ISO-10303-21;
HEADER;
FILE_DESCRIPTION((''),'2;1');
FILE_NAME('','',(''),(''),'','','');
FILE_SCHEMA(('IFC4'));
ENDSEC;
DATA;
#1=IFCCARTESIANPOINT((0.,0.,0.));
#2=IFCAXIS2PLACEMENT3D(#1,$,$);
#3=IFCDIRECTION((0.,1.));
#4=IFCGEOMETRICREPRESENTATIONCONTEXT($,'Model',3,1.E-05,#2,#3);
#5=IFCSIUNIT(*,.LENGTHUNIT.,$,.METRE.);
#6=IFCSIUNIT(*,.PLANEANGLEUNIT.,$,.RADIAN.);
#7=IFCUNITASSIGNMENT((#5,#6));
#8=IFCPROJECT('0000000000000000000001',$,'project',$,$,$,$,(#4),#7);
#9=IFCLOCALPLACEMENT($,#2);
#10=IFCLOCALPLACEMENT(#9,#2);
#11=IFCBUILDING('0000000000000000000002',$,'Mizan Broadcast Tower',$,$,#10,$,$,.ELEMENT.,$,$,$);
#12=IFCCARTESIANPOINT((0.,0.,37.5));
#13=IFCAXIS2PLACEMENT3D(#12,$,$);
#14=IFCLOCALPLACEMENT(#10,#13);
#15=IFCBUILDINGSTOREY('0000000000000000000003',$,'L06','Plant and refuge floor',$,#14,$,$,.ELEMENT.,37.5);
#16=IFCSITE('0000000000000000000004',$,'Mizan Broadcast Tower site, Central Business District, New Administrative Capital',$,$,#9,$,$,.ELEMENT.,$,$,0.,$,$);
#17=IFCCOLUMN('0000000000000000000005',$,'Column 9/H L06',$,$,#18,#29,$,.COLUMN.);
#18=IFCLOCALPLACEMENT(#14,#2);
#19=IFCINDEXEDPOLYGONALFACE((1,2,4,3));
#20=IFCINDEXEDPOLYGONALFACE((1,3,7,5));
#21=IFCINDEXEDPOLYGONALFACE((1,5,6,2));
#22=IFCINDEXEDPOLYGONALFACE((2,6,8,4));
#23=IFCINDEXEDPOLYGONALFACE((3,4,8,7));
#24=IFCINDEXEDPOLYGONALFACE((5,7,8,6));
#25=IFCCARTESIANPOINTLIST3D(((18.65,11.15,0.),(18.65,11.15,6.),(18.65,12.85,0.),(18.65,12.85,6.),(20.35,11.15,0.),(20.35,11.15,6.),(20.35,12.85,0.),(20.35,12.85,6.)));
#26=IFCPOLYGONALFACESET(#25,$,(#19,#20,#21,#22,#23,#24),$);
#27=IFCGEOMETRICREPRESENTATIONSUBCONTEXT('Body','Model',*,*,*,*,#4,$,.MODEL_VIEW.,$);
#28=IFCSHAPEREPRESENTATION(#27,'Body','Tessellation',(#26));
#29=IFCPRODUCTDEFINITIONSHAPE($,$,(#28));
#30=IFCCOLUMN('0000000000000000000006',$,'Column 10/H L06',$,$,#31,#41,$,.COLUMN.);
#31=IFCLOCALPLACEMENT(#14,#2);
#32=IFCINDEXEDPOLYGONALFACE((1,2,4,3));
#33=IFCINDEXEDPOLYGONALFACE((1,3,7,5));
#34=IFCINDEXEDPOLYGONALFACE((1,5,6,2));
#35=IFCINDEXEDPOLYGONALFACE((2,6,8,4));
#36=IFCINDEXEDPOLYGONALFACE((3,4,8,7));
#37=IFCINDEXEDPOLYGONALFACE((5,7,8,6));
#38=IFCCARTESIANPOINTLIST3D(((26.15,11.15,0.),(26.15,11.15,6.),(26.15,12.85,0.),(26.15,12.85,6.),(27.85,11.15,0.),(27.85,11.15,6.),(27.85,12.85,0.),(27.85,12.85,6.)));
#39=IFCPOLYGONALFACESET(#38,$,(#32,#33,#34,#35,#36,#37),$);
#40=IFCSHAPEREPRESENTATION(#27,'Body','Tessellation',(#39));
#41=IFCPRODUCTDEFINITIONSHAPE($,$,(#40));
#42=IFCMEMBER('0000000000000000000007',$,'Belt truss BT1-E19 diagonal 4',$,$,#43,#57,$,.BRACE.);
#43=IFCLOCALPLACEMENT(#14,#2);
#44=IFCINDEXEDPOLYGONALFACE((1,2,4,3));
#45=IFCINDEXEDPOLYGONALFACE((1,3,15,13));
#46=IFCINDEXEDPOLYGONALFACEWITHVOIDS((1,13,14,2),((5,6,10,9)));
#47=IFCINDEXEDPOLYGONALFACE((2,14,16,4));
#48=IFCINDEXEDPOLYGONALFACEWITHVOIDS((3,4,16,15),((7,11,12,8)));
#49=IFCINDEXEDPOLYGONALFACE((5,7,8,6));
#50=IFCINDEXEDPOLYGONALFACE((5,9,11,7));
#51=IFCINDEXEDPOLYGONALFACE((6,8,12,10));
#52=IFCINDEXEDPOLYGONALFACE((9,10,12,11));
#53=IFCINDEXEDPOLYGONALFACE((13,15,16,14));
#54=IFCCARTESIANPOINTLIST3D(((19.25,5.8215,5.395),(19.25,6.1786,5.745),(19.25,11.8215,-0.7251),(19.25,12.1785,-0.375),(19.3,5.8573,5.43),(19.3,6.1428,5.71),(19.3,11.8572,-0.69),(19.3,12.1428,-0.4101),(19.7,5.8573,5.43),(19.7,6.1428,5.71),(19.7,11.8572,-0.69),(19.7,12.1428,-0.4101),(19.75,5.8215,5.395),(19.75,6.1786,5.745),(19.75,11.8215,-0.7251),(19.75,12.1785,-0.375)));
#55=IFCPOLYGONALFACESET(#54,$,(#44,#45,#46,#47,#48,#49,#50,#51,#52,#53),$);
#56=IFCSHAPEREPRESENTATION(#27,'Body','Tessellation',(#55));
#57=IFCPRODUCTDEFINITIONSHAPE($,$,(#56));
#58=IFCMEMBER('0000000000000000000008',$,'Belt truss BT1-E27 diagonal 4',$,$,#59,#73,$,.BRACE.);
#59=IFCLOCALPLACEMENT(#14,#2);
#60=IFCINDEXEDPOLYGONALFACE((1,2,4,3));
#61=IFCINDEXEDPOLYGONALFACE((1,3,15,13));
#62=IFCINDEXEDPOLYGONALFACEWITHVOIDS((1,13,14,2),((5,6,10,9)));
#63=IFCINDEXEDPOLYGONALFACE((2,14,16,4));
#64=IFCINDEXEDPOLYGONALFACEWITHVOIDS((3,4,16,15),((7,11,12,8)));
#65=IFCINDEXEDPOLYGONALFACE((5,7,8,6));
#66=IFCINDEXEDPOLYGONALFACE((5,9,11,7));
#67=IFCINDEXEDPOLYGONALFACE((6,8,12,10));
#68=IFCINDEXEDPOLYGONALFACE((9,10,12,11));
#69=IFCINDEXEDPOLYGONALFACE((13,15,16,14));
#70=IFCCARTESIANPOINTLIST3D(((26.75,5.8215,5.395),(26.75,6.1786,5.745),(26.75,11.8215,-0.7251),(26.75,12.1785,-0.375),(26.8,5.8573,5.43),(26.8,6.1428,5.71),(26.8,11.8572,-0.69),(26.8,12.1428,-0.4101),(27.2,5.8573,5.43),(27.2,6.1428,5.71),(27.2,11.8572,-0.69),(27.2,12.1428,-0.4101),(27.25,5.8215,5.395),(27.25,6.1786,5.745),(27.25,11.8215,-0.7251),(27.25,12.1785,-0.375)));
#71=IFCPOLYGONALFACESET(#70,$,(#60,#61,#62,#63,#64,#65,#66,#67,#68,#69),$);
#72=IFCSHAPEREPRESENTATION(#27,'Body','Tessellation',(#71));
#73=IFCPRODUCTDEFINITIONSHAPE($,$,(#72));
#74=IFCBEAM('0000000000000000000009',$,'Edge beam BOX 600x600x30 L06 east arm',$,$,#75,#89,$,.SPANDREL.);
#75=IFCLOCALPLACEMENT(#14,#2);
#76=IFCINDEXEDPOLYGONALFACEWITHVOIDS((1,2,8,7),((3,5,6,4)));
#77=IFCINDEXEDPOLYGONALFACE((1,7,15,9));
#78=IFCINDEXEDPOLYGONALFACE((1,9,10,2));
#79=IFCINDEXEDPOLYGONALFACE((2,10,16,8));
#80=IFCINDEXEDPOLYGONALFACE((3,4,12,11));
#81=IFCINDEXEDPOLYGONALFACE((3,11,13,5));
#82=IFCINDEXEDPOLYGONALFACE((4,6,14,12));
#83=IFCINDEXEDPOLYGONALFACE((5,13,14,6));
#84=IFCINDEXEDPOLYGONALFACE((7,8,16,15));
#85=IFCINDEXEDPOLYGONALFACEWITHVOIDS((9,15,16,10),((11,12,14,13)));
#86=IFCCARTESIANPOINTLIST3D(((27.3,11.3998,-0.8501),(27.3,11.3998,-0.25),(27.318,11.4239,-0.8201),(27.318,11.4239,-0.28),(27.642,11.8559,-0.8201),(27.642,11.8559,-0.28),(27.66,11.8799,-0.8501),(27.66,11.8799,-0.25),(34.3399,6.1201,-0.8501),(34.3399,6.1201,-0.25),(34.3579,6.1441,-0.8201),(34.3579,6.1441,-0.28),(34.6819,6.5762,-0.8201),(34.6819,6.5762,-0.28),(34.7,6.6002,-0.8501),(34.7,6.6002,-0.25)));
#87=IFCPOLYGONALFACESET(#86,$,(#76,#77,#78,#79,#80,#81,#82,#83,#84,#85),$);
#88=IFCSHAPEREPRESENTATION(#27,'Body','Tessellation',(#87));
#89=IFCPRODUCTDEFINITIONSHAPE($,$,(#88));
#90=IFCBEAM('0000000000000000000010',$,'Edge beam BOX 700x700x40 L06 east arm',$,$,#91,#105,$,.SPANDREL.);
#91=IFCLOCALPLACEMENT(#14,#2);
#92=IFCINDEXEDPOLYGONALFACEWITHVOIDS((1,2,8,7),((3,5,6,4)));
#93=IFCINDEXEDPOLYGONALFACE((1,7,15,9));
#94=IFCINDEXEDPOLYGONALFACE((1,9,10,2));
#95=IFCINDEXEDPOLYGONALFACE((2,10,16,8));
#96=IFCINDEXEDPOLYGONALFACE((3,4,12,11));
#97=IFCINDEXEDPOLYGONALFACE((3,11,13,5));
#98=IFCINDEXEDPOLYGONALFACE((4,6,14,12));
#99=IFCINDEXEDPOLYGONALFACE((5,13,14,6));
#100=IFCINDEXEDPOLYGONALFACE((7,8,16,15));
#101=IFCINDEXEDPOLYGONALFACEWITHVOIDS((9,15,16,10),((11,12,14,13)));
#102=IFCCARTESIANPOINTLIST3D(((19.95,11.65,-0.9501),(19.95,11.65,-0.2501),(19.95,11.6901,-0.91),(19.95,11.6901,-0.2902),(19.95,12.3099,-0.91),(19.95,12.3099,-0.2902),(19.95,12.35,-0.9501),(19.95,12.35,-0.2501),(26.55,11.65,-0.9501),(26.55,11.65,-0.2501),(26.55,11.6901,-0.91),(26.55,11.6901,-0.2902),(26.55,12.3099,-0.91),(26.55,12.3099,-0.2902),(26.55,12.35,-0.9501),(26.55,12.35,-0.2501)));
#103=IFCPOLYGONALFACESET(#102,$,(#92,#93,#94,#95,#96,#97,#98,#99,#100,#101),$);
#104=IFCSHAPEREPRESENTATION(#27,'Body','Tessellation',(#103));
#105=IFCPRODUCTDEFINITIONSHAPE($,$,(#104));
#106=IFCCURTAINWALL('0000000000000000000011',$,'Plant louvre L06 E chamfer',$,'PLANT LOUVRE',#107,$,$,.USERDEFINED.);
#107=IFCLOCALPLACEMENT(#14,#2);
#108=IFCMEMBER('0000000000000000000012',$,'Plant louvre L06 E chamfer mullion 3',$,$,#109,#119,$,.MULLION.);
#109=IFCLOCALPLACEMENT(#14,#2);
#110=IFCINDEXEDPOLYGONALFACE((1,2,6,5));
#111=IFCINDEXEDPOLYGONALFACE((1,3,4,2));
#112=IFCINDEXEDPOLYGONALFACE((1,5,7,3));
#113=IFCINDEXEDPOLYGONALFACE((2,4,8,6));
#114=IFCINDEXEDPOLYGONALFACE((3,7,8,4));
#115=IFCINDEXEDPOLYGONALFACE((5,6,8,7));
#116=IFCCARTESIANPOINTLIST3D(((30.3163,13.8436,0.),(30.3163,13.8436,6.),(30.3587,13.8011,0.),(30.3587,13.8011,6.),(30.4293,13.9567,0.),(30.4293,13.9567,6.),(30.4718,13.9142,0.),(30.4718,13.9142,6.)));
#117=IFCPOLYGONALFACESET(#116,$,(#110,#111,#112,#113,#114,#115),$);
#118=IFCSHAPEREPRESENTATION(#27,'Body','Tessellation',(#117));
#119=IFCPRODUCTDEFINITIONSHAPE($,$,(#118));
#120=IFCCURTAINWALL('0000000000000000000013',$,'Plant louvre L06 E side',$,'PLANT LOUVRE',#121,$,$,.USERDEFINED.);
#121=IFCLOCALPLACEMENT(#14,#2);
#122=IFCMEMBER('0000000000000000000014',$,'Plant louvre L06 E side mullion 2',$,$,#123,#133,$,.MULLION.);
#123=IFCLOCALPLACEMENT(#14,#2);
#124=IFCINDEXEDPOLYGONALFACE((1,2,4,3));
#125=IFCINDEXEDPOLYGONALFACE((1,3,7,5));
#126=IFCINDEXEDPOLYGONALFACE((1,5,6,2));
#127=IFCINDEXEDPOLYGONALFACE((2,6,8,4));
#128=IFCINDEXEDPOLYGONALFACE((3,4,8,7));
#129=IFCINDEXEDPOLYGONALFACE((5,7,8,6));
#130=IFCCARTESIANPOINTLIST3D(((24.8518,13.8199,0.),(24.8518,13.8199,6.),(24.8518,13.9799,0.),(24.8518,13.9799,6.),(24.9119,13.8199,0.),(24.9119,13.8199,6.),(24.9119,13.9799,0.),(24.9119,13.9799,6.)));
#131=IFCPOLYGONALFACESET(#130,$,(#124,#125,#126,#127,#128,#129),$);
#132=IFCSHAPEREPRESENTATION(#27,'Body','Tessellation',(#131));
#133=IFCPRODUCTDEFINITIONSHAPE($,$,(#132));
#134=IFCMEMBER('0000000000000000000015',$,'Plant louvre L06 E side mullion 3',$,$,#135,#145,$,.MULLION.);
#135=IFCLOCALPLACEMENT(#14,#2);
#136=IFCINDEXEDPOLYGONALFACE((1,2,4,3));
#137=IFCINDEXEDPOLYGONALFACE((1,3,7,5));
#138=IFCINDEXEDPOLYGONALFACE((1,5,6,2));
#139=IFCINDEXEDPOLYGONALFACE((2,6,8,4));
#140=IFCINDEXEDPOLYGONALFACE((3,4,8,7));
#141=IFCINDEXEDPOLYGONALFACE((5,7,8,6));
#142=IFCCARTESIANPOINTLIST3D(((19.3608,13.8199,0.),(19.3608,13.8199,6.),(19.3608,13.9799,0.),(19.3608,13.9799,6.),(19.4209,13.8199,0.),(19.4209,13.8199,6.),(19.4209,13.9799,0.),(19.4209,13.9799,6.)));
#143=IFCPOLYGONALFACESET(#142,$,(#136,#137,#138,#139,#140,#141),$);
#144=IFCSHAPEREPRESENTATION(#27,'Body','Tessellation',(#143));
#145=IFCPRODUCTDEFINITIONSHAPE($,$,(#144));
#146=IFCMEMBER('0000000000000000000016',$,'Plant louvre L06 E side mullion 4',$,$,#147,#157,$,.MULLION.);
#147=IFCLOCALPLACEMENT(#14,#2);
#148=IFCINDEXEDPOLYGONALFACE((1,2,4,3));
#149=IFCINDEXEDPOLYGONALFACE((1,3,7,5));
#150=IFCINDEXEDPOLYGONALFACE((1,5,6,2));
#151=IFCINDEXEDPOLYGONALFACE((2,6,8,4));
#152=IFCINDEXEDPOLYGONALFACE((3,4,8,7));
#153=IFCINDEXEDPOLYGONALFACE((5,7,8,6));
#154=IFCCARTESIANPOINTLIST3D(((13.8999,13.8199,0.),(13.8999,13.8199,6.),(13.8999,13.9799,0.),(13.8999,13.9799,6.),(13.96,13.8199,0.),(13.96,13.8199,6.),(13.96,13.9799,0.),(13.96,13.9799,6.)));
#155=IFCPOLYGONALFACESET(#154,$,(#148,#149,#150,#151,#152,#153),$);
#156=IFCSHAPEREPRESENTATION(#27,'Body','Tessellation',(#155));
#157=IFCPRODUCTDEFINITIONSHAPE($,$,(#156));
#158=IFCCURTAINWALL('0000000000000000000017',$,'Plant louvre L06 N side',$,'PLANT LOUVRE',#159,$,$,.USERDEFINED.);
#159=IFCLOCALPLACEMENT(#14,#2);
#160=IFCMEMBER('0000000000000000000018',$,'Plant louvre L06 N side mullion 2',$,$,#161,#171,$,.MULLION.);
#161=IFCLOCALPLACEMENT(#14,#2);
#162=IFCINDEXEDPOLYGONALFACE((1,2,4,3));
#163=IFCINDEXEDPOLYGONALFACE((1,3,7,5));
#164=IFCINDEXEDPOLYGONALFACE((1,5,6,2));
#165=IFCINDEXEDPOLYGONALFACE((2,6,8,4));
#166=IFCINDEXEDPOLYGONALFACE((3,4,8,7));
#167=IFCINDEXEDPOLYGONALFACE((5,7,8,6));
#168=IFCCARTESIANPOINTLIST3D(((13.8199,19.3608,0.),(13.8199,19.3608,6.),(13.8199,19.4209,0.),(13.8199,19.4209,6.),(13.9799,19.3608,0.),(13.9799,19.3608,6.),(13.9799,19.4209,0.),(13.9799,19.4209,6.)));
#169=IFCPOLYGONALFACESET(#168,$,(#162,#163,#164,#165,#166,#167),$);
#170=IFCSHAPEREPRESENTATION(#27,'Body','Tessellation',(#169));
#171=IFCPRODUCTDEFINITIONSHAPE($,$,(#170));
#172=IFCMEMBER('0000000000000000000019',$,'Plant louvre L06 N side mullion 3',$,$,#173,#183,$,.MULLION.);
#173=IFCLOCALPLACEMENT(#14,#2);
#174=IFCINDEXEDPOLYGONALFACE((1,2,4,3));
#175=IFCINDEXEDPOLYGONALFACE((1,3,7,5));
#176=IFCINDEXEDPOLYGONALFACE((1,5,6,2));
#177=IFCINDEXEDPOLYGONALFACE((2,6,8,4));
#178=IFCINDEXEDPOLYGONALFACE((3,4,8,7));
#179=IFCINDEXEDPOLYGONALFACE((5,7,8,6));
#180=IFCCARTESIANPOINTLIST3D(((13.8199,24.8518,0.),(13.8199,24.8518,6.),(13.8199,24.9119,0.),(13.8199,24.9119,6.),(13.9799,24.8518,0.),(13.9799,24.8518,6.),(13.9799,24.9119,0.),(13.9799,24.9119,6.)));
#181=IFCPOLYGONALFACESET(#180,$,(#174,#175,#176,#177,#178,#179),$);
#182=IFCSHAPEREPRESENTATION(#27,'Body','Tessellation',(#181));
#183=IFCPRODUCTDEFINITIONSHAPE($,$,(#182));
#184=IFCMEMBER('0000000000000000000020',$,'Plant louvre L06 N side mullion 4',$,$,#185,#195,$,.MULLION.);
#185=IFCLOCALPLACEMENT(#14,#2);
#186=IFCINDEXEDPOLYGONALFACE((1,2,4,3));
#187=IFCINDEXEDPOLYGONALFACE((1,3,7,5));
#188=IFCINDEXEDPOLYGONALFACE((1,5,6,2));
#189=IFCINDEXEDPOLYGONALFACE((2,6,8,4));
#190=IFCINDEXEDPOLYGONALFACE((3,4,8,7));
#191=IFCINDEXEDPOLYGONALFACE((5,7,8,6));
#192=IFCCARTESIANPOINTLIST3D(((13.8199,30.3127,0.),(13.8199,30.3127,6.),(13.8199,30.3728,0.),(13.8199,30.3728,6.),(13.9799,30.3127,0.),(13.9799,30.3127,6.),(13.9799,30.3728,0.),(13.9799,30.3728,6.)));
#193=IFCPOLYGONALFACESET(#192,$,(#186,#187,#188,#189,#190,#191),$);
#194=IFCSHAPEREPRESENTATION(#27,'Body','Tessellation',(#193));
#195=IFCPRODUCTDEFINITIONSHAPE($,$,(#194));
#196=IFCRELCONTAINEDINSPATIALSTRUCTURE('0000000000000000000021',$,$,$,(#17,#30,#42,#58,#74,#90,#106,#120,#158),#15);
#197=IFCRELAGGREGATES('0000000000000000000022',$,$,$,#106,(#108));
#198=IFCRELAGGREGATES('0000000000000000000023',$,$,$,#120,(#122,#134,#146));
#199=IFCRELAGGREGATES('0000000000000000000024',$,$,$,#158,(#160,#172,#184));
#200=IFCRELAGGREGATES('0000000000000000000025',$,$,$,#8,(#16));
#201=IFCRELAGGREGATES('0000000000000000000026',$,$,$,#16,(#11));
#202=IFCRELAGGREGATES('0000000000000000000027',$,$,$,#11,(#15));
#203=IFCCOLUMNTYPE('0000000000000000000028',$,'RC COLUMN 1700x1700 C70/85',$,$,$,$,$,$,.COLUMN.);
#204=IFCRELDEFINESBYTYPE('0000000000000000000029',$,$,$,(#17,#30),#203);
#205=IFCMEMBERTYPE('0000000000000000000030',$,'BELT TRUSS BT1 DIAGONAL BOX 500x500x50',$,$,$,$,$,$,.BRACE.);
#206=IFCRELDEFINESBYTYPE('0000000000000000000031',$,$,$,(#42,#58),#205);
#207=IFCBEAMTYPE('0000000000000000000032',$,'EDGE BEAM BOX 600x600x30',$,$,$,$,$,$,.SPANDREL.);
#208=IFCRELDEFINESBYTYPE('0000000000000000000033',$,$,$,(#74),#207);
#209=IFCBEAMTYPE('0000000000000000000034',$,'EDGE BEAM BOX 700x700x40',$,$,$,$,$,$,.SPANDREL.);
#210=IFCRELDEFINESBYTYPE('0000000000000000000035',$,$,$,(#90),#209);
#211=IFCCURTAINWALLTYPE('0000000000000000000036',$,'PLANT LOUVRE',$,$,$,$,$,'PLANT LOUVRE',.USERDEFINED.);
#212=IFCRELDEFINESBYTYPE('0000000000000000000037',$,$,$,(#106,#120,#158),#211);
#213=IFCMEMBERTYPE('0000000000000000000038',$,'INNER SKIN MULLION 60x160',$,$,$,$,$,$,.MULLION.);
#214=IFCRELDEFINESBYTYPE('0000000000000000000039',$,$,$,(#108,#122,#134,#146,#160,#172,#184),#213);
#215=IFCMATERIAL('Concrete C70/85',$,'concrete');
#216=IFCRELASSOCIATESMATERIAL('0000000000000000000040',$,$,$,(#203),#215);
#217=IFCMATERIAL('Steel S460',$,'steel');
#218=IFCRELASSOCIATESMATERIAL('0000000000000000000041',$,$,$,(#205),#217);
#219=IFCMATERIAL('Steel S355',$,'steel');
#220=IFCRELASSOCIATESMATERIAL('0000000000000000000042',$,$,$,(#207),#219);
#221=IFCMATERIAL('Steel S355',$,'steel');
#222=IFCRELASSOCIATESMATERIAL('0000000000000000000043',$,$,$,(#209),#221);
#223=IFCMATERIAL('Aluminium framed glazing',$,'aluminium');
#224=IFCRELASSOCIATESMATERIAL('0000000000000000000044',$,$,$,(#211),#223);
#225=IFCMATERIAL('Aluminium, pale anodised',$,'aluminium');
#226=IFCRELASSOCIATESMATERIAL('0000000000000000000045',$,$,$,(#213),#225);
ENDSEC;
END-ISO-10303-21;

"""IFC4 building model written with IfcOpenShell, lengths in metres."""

from ifc_helpers import new_model, si_unit, direction, frame, origin, origin_2d, place, context, subcontext, project, spatial, rectangle, hollow_rectangle, extrude, material, material_profile, profile_set, type_object, element, aggregate, save


model = new_model("IFC4")

# Units and contexts
model_context = context("Model", 3, precision=1e-05, world=origin(), true_north=direction((0.0, 1.0)))
body_context = subcontext(model_context, "Body", "Model", "MODEL_VIEW")
ifc_project = project(units=[si_unit("LENGTHUNIT", "METRE"), si_unit("PLANEANGLEUNIT", "RADIAN")], contexts=[model_context])

# Site, building, storey
site_placement = place(None, origin())
site = spatial("IfcSite", under=ifc_project, at=site_placement, Name="Mizan Broadcast Tower site, Central Business District, New Administrative Capital", CompositionType="ELEMENT", RefElevation=0.0)
building_placement = place(site_placement, origin())
building = spatial("IfcBuilding", under=site, at=building_placement, Name="Mizan Broadcast Tower", CompositionType="ELEMENT")
storey_placement = place(building_placement, frame((0.0, 0.0, 37.5)))
storey = spatial("IfcBuildingStorey", under=building, at=storey_placement, Name="L06", Description="Plant and refuge floor", CompositionType="ELEMENT", Elevation=37.5)

# Columns
ifc_material_1 = material(Name="Concrete C70/85", Category="concrete")
ifc_material_profile_1 = material_profile(ifc_material_1, rectangle(XDim=1.7, YDim=1.7, at=origin_2d()), Name="RC 1700x1700")
ifc_profile_set_1 = profile_set([ifc_material_profile_1], Name="Concrete C70/85")
column_type = type_object("IfcColumnType", Name="RC COLUMN 1700x1700 C70/85", PredefinedType="COLUMN", material=ifc_profile_set_1)
for number, where, z_axis, x_axis, name in (
    (1, (19.5, 12.0, 0.0), (0.0, 0.0, 1.0), (1.0, 0.0, 0.0), "Column 9/H L06"),
    (2, (27.0, 12.0, 0.0), (0.0, 0.0, 1.0), (1.0, 0.0, 0.0), "Column 10/H L06"),
):
    element("IfcColumn", number, at=place(storey_placement, frame(where, z_axis=z_axis, x_axis=x_axis)), inside=storey, type_object=column_type, Name=name, PredefinedType="COLUMN", context=body_context, shape_type="SweptSolid", body=[
        extrude(rectangle(XDim=1.7, YDim=1.7, at=origin_2d()), origin(), (0.0, 0.0, 1.0), 6.0),
    ])

# Members
ifc_material_2 = material(Name="Steel S460", Category="steel")
ifc_material_profile_2 = material_profile(ifc_material_2, hollow_rectangle(XDim=0.5, YDim=0.5, WallThickness=0.05, at=origin_2d()), Name="BOX 500x500x50")
ifc_profile_set_2 = profile_set([ifc_material_profile_2], Name="Steel S460")
member_type_1 = type_object("IfcMemberType", Name="BELT TRUSS BT1 DIAGONAL BOX 500x500x50", PredefinedType="BRACE", material=ifc_profile_set_2)
for number, where, z_axis, x_axis, name in (
    (3, (19.5, 12.0, -0.55), (0.0, -0.700065, 0.71408), (1.0, 0.0, 0.0), "Belt truss BT1-E19 diagonal 4"),
    (4, (27.0, 12.0, -0.55), (0.0, -0.700065, 0.71408), (1.0, 0.0, 0.0), "Belt truss BT1-E27 diagonal 4"),
):
    element("IfcMember", number, at=place(storey_placement, frame(where, z_axis=z_axis, x_axis=x_axis)), inside=storey, type_object=member_type_1, Name=name, PredefinedType="BRACE", context=body_context, shape_type="SweptSolid", body=[
        extrude(hollow_rectangle(XDim=0.5, YDim=0.5, WallThickness=0.05, at=origin_2d()), origin(), (0.0, 0.0, 1.0), 8.5706),
    ])

# Beams
ifc_material_3 = material(Name="Steel S355", Category="steel")
ifc_material_profile_3 = material_profile(ifc_material_3, hollow_rectangle(XDim=0.6001, YDim=0.6001, WallThickness=0.03, at=origin_2d()), Name="BOX 600x600x30")
ifc_profile_set_3 = profile_set([ifc_material_profile_3], Name="Steel S355")
beam_type_1 = type_object("IfcBeamType", Name="EDGE BEAM BOX 600x600x30", PredefinedType="SPANDREL", material=ifc_profile_set_3)
beam_1_placement = place(storey_placement, frame((27.48, 11.6399, -0.55), z_axis=(0.800013, -0.599982, 0.0), x_axis=(0.599982, 0.800013, 0.0)))
element("IfcBeam", 5, at=beam_1_placement, inside=storey, type_object=beam_type_1, Name="Edge beam BOX 600x600x30 L06 east arm", PredefinedType="SPANDREL", context=body_context, shape_type="SweptSolid", body=[
    extrude(hollow_rectangle(XDim=0.6001, YDim=0.6001, WallThickness=0.03, at=origin_2d()), origin(), (0.0, 0.0, 1.0), 8.7998),
])
ifc_material_4 = material(Name="Steel S355", Category="steel")
ifc_material_profile_4 = material_profile(ifc_material_4, hollow_rectangle(XDim=0.7, YDim=0.7, WallThickness=0.04, at=origin_2d()), Name="BOX 700x700x40")
ifc_profile_set_4 = profile_set([ifc_material_profile_4], Name="Steel S355")
beam_type_2 = type_object("IfcBeamType", Name="EDGE BEAM BOX 700x700x40", PredefinedType="SPANDREL", material=ifc_profile_set_4)
beam_2_placement = place(storey_placement, frame((19.95, 12.0, -0.6001), z_axis=(1.0, 0.0, 0.0), x_axis=(0.0, 1.0, 0.0)))
element("IfcBeam", 6, at=beam_2_placement, inside=storey, type_object=beam_type_2, Name="Edge beam BOX 700x700x40 L06 east arm", PredefinedType="SPANDREL", context=body_context, shape_type="SweptSolid", body=[
    extrude(hollow_rectangle(XDim=0.7, YDim=0.7, WallThickness=0.04, at=origin_2d()), origin(), (0.0, 0.0, 1.0), 6.6001),
])

# Curtain wall, member
ifc_material_5 = material(Name="Aluminium framed glazing", Category="aluminium")
curtain_wall_type = type_object("IfcCurtainWallType", Name="PLANT LOUVRE", ElementType="PLANT LOUVRE", PredefinedType="USERDEFINED", material=ifc_material_5)
curtain_wall_1_placement = place(storey_placement, origin())
curtain_wall_1 = element("IfcCurtainWall", 7, at=curtain_wall_1_placement, inside=storey, type_object=curtain_wall_type, Name="Plant louvre L06 E chamfer", ObjectType="PLANT LOUVRE", PredefinedType="USERDEFINED")
ifc_material_6 = material(Name="Aluminium, pale anodised", Category="aluminium")
ifc_material_profile_5 = material_profile(ifc_material_6, rectangle(XDim=0.1599, YDim=0.0601, at=origin_2d()), Name="MULLION 160x60")
ifc_profile_set_5 = profile_set([ifc_material_profile_5], Name="Aluminium, pale anodised")
member_type_2 = type_object("IfcMemberType", Name="INNER SKIN MULLION 60x160", PredefinedType="MULLION", material=ifc_profile_set_5)
member_1_placement = place(storey_placement, frame((30.394, 13.8789, 0.0), z_axis=(0.0, 0.0, 1.0), x_axis=(-0.707107, -0.707107, 0.0)))
member_1 = element("IfcMember", 8, at=member_1_placement, type_object=member_type_2, Name="Plant louvre L06 E chamfer mullion 3", PredefinedType="MULLION", context=body_context, shape_type="SweptSolid", body=[
    extrude(rectangle(XDim=0.1599, YDim=0.0601, at=origin_2d()), origin(), (0.0, 0.0, 1.0), 6.0),
])

# Curtain walls, members
curtain_wall_2_placement = place(storey_placement, origin())
curtain_wall_2 = element("IfcCurtainWall", 9, at=curtain_wall_2_placement, inside=storey, type_object=curtain_wall_type, Name="Plant louvre L06 E side", ObjectType="PLANT LOUVRE", PredefinedType="USERDEFINED")
member_2_placement = place(storey_placement, frame((24.8818, 13.8999, 0.0), z_axis=(0.0, 0.0, 1.0), x_axis=(0.0, -1.0, 0.0)))
member_2 = element("IfcMember", 10, at=member_2_placement, type_object=member_type_2, Name="Plant louvre L06 E side mullion 2", PredefinedType="MULLION", context=body_context, shape_type="SweptSolid", body=[
    extrude(rectangle(XDim=0.1599, YDim=0.0601, at=origin_2d()), origin(), (0.0, 0.0, 1.0), 6.0),
])
member_3_placement = place(storey_placement, frame((19.3909, 13.8999, 0.0), z_axis=(0.0, 0.0, 1.0), x_axis=(0.0, -1.0, 0.0)))
member_3 = element("IfcMember", 11, at=member_3_placement, type_object=member_type_2, Name="Plant louvre L06 E side mullion 3", PredefinedType="MULLION", context=body_context, shape_type="SweptSolid", body=[
    extrude(rectangle(XDim=0.1599, YDim=0.0601, at=origin_2d()), origin(), (0.0, 0.0, 1.0), 6.0),
])
member_4_placement = place(storey_placement, frame((13.9299, 13.8999, 0.0), z_axis=(0.0, 0.0, 1.0), x_axis=(0.0, -1.0, 0.0)))
member_4 = element("IfcMember", 12, at=member_4_placement, type_object=member_type_2, Name="Plant louvre L06 E side mullion 4", PredefinedType="MULLION", context=body_context, shape_type="SweptSolid", body=[
    extrude(rectangle(XDim=0.1599, YDim=0.0601, at=origin_2d()), origin(), (0.0, 0.0, 1.0), 6.0),
])
curtain_wall_3_placement = place(storey_placement, origin())
curtain_wall_3 = element("IfcCurtainWall", 13, at=curtain_wall_3_placement, inside=storey, type_object=curtain_wall_type, Name="Plant louvre L06 N side", ObjectType="PLANT LOUVRE", PredefinedType="USERDEFINED")
member_5_placement = place(storey_placement, frame((13.8999, 19.3909, 0.0), z_axis=(0.0, 0.0, 1.0), x_axis=(-1.0, 0.0, 0.0)))
member_5 = element("IfcMember", 14, at=member_5_placement, type_object=member_type_2, Name="Plant louvre L06 N side mullion 2", PredefinedType="MULLION", context=body_context, shape_type="SweptSolid", body=[
    extrude(rectangle(XDim=0.1599, YDim=0.0601, at=origin_2d()), origin(), (0.0, 0.0, 1.0), 6.0),
])
member_6_placement = place(storey_placement, frame((13.8999, 24.8818, 0.0), z_axis=(0.0, 0.0, 1.0), x_axis=(-1.0, 0.0, 0.0)))
member_6 = element("IfcMember", 15, at=member_6_placement, type_object=member_type_2, Name="Plant louvre L06 N side mullion 3", PredefinedType="MULLION", context=body_context, shape_type="SweptSolid", body=[
    extrude(rectangle(XDim=0.1599, YDim=0.0601, at=origin_2d()), origin(), (0.0, 0.0, 1.0), 6.0),
])
member_7_placement = place(storey_placement, frame((13.8999, 30.3428, 0.0), z_axis=(0.0, 0.0, 1.0), x_axis=(-1.0, 0.0, 0.0)))
member_7 = element("IfcMember", 16, at=member_7_placement, type_object=member_type_2, Name="Plant louvre L06 N side mullion 4", PredefinedType="MULLION", context=body_context, shape_type="SweptSolid", body=[
    extrude(rectangle(XDim=0.1599, YDim=0.0601, at=origin_2d()), origin(), (0.0, 0.0, 1.0), 6.0),
])

aggregate(curtain_wall_1, [member_1])
aggregate(curtain_wall_2, [member_2, member_3, member_4])
aggregate(curtain_wall_3, [member_5, member_6, member_7])

save(model, "model.ifc")
